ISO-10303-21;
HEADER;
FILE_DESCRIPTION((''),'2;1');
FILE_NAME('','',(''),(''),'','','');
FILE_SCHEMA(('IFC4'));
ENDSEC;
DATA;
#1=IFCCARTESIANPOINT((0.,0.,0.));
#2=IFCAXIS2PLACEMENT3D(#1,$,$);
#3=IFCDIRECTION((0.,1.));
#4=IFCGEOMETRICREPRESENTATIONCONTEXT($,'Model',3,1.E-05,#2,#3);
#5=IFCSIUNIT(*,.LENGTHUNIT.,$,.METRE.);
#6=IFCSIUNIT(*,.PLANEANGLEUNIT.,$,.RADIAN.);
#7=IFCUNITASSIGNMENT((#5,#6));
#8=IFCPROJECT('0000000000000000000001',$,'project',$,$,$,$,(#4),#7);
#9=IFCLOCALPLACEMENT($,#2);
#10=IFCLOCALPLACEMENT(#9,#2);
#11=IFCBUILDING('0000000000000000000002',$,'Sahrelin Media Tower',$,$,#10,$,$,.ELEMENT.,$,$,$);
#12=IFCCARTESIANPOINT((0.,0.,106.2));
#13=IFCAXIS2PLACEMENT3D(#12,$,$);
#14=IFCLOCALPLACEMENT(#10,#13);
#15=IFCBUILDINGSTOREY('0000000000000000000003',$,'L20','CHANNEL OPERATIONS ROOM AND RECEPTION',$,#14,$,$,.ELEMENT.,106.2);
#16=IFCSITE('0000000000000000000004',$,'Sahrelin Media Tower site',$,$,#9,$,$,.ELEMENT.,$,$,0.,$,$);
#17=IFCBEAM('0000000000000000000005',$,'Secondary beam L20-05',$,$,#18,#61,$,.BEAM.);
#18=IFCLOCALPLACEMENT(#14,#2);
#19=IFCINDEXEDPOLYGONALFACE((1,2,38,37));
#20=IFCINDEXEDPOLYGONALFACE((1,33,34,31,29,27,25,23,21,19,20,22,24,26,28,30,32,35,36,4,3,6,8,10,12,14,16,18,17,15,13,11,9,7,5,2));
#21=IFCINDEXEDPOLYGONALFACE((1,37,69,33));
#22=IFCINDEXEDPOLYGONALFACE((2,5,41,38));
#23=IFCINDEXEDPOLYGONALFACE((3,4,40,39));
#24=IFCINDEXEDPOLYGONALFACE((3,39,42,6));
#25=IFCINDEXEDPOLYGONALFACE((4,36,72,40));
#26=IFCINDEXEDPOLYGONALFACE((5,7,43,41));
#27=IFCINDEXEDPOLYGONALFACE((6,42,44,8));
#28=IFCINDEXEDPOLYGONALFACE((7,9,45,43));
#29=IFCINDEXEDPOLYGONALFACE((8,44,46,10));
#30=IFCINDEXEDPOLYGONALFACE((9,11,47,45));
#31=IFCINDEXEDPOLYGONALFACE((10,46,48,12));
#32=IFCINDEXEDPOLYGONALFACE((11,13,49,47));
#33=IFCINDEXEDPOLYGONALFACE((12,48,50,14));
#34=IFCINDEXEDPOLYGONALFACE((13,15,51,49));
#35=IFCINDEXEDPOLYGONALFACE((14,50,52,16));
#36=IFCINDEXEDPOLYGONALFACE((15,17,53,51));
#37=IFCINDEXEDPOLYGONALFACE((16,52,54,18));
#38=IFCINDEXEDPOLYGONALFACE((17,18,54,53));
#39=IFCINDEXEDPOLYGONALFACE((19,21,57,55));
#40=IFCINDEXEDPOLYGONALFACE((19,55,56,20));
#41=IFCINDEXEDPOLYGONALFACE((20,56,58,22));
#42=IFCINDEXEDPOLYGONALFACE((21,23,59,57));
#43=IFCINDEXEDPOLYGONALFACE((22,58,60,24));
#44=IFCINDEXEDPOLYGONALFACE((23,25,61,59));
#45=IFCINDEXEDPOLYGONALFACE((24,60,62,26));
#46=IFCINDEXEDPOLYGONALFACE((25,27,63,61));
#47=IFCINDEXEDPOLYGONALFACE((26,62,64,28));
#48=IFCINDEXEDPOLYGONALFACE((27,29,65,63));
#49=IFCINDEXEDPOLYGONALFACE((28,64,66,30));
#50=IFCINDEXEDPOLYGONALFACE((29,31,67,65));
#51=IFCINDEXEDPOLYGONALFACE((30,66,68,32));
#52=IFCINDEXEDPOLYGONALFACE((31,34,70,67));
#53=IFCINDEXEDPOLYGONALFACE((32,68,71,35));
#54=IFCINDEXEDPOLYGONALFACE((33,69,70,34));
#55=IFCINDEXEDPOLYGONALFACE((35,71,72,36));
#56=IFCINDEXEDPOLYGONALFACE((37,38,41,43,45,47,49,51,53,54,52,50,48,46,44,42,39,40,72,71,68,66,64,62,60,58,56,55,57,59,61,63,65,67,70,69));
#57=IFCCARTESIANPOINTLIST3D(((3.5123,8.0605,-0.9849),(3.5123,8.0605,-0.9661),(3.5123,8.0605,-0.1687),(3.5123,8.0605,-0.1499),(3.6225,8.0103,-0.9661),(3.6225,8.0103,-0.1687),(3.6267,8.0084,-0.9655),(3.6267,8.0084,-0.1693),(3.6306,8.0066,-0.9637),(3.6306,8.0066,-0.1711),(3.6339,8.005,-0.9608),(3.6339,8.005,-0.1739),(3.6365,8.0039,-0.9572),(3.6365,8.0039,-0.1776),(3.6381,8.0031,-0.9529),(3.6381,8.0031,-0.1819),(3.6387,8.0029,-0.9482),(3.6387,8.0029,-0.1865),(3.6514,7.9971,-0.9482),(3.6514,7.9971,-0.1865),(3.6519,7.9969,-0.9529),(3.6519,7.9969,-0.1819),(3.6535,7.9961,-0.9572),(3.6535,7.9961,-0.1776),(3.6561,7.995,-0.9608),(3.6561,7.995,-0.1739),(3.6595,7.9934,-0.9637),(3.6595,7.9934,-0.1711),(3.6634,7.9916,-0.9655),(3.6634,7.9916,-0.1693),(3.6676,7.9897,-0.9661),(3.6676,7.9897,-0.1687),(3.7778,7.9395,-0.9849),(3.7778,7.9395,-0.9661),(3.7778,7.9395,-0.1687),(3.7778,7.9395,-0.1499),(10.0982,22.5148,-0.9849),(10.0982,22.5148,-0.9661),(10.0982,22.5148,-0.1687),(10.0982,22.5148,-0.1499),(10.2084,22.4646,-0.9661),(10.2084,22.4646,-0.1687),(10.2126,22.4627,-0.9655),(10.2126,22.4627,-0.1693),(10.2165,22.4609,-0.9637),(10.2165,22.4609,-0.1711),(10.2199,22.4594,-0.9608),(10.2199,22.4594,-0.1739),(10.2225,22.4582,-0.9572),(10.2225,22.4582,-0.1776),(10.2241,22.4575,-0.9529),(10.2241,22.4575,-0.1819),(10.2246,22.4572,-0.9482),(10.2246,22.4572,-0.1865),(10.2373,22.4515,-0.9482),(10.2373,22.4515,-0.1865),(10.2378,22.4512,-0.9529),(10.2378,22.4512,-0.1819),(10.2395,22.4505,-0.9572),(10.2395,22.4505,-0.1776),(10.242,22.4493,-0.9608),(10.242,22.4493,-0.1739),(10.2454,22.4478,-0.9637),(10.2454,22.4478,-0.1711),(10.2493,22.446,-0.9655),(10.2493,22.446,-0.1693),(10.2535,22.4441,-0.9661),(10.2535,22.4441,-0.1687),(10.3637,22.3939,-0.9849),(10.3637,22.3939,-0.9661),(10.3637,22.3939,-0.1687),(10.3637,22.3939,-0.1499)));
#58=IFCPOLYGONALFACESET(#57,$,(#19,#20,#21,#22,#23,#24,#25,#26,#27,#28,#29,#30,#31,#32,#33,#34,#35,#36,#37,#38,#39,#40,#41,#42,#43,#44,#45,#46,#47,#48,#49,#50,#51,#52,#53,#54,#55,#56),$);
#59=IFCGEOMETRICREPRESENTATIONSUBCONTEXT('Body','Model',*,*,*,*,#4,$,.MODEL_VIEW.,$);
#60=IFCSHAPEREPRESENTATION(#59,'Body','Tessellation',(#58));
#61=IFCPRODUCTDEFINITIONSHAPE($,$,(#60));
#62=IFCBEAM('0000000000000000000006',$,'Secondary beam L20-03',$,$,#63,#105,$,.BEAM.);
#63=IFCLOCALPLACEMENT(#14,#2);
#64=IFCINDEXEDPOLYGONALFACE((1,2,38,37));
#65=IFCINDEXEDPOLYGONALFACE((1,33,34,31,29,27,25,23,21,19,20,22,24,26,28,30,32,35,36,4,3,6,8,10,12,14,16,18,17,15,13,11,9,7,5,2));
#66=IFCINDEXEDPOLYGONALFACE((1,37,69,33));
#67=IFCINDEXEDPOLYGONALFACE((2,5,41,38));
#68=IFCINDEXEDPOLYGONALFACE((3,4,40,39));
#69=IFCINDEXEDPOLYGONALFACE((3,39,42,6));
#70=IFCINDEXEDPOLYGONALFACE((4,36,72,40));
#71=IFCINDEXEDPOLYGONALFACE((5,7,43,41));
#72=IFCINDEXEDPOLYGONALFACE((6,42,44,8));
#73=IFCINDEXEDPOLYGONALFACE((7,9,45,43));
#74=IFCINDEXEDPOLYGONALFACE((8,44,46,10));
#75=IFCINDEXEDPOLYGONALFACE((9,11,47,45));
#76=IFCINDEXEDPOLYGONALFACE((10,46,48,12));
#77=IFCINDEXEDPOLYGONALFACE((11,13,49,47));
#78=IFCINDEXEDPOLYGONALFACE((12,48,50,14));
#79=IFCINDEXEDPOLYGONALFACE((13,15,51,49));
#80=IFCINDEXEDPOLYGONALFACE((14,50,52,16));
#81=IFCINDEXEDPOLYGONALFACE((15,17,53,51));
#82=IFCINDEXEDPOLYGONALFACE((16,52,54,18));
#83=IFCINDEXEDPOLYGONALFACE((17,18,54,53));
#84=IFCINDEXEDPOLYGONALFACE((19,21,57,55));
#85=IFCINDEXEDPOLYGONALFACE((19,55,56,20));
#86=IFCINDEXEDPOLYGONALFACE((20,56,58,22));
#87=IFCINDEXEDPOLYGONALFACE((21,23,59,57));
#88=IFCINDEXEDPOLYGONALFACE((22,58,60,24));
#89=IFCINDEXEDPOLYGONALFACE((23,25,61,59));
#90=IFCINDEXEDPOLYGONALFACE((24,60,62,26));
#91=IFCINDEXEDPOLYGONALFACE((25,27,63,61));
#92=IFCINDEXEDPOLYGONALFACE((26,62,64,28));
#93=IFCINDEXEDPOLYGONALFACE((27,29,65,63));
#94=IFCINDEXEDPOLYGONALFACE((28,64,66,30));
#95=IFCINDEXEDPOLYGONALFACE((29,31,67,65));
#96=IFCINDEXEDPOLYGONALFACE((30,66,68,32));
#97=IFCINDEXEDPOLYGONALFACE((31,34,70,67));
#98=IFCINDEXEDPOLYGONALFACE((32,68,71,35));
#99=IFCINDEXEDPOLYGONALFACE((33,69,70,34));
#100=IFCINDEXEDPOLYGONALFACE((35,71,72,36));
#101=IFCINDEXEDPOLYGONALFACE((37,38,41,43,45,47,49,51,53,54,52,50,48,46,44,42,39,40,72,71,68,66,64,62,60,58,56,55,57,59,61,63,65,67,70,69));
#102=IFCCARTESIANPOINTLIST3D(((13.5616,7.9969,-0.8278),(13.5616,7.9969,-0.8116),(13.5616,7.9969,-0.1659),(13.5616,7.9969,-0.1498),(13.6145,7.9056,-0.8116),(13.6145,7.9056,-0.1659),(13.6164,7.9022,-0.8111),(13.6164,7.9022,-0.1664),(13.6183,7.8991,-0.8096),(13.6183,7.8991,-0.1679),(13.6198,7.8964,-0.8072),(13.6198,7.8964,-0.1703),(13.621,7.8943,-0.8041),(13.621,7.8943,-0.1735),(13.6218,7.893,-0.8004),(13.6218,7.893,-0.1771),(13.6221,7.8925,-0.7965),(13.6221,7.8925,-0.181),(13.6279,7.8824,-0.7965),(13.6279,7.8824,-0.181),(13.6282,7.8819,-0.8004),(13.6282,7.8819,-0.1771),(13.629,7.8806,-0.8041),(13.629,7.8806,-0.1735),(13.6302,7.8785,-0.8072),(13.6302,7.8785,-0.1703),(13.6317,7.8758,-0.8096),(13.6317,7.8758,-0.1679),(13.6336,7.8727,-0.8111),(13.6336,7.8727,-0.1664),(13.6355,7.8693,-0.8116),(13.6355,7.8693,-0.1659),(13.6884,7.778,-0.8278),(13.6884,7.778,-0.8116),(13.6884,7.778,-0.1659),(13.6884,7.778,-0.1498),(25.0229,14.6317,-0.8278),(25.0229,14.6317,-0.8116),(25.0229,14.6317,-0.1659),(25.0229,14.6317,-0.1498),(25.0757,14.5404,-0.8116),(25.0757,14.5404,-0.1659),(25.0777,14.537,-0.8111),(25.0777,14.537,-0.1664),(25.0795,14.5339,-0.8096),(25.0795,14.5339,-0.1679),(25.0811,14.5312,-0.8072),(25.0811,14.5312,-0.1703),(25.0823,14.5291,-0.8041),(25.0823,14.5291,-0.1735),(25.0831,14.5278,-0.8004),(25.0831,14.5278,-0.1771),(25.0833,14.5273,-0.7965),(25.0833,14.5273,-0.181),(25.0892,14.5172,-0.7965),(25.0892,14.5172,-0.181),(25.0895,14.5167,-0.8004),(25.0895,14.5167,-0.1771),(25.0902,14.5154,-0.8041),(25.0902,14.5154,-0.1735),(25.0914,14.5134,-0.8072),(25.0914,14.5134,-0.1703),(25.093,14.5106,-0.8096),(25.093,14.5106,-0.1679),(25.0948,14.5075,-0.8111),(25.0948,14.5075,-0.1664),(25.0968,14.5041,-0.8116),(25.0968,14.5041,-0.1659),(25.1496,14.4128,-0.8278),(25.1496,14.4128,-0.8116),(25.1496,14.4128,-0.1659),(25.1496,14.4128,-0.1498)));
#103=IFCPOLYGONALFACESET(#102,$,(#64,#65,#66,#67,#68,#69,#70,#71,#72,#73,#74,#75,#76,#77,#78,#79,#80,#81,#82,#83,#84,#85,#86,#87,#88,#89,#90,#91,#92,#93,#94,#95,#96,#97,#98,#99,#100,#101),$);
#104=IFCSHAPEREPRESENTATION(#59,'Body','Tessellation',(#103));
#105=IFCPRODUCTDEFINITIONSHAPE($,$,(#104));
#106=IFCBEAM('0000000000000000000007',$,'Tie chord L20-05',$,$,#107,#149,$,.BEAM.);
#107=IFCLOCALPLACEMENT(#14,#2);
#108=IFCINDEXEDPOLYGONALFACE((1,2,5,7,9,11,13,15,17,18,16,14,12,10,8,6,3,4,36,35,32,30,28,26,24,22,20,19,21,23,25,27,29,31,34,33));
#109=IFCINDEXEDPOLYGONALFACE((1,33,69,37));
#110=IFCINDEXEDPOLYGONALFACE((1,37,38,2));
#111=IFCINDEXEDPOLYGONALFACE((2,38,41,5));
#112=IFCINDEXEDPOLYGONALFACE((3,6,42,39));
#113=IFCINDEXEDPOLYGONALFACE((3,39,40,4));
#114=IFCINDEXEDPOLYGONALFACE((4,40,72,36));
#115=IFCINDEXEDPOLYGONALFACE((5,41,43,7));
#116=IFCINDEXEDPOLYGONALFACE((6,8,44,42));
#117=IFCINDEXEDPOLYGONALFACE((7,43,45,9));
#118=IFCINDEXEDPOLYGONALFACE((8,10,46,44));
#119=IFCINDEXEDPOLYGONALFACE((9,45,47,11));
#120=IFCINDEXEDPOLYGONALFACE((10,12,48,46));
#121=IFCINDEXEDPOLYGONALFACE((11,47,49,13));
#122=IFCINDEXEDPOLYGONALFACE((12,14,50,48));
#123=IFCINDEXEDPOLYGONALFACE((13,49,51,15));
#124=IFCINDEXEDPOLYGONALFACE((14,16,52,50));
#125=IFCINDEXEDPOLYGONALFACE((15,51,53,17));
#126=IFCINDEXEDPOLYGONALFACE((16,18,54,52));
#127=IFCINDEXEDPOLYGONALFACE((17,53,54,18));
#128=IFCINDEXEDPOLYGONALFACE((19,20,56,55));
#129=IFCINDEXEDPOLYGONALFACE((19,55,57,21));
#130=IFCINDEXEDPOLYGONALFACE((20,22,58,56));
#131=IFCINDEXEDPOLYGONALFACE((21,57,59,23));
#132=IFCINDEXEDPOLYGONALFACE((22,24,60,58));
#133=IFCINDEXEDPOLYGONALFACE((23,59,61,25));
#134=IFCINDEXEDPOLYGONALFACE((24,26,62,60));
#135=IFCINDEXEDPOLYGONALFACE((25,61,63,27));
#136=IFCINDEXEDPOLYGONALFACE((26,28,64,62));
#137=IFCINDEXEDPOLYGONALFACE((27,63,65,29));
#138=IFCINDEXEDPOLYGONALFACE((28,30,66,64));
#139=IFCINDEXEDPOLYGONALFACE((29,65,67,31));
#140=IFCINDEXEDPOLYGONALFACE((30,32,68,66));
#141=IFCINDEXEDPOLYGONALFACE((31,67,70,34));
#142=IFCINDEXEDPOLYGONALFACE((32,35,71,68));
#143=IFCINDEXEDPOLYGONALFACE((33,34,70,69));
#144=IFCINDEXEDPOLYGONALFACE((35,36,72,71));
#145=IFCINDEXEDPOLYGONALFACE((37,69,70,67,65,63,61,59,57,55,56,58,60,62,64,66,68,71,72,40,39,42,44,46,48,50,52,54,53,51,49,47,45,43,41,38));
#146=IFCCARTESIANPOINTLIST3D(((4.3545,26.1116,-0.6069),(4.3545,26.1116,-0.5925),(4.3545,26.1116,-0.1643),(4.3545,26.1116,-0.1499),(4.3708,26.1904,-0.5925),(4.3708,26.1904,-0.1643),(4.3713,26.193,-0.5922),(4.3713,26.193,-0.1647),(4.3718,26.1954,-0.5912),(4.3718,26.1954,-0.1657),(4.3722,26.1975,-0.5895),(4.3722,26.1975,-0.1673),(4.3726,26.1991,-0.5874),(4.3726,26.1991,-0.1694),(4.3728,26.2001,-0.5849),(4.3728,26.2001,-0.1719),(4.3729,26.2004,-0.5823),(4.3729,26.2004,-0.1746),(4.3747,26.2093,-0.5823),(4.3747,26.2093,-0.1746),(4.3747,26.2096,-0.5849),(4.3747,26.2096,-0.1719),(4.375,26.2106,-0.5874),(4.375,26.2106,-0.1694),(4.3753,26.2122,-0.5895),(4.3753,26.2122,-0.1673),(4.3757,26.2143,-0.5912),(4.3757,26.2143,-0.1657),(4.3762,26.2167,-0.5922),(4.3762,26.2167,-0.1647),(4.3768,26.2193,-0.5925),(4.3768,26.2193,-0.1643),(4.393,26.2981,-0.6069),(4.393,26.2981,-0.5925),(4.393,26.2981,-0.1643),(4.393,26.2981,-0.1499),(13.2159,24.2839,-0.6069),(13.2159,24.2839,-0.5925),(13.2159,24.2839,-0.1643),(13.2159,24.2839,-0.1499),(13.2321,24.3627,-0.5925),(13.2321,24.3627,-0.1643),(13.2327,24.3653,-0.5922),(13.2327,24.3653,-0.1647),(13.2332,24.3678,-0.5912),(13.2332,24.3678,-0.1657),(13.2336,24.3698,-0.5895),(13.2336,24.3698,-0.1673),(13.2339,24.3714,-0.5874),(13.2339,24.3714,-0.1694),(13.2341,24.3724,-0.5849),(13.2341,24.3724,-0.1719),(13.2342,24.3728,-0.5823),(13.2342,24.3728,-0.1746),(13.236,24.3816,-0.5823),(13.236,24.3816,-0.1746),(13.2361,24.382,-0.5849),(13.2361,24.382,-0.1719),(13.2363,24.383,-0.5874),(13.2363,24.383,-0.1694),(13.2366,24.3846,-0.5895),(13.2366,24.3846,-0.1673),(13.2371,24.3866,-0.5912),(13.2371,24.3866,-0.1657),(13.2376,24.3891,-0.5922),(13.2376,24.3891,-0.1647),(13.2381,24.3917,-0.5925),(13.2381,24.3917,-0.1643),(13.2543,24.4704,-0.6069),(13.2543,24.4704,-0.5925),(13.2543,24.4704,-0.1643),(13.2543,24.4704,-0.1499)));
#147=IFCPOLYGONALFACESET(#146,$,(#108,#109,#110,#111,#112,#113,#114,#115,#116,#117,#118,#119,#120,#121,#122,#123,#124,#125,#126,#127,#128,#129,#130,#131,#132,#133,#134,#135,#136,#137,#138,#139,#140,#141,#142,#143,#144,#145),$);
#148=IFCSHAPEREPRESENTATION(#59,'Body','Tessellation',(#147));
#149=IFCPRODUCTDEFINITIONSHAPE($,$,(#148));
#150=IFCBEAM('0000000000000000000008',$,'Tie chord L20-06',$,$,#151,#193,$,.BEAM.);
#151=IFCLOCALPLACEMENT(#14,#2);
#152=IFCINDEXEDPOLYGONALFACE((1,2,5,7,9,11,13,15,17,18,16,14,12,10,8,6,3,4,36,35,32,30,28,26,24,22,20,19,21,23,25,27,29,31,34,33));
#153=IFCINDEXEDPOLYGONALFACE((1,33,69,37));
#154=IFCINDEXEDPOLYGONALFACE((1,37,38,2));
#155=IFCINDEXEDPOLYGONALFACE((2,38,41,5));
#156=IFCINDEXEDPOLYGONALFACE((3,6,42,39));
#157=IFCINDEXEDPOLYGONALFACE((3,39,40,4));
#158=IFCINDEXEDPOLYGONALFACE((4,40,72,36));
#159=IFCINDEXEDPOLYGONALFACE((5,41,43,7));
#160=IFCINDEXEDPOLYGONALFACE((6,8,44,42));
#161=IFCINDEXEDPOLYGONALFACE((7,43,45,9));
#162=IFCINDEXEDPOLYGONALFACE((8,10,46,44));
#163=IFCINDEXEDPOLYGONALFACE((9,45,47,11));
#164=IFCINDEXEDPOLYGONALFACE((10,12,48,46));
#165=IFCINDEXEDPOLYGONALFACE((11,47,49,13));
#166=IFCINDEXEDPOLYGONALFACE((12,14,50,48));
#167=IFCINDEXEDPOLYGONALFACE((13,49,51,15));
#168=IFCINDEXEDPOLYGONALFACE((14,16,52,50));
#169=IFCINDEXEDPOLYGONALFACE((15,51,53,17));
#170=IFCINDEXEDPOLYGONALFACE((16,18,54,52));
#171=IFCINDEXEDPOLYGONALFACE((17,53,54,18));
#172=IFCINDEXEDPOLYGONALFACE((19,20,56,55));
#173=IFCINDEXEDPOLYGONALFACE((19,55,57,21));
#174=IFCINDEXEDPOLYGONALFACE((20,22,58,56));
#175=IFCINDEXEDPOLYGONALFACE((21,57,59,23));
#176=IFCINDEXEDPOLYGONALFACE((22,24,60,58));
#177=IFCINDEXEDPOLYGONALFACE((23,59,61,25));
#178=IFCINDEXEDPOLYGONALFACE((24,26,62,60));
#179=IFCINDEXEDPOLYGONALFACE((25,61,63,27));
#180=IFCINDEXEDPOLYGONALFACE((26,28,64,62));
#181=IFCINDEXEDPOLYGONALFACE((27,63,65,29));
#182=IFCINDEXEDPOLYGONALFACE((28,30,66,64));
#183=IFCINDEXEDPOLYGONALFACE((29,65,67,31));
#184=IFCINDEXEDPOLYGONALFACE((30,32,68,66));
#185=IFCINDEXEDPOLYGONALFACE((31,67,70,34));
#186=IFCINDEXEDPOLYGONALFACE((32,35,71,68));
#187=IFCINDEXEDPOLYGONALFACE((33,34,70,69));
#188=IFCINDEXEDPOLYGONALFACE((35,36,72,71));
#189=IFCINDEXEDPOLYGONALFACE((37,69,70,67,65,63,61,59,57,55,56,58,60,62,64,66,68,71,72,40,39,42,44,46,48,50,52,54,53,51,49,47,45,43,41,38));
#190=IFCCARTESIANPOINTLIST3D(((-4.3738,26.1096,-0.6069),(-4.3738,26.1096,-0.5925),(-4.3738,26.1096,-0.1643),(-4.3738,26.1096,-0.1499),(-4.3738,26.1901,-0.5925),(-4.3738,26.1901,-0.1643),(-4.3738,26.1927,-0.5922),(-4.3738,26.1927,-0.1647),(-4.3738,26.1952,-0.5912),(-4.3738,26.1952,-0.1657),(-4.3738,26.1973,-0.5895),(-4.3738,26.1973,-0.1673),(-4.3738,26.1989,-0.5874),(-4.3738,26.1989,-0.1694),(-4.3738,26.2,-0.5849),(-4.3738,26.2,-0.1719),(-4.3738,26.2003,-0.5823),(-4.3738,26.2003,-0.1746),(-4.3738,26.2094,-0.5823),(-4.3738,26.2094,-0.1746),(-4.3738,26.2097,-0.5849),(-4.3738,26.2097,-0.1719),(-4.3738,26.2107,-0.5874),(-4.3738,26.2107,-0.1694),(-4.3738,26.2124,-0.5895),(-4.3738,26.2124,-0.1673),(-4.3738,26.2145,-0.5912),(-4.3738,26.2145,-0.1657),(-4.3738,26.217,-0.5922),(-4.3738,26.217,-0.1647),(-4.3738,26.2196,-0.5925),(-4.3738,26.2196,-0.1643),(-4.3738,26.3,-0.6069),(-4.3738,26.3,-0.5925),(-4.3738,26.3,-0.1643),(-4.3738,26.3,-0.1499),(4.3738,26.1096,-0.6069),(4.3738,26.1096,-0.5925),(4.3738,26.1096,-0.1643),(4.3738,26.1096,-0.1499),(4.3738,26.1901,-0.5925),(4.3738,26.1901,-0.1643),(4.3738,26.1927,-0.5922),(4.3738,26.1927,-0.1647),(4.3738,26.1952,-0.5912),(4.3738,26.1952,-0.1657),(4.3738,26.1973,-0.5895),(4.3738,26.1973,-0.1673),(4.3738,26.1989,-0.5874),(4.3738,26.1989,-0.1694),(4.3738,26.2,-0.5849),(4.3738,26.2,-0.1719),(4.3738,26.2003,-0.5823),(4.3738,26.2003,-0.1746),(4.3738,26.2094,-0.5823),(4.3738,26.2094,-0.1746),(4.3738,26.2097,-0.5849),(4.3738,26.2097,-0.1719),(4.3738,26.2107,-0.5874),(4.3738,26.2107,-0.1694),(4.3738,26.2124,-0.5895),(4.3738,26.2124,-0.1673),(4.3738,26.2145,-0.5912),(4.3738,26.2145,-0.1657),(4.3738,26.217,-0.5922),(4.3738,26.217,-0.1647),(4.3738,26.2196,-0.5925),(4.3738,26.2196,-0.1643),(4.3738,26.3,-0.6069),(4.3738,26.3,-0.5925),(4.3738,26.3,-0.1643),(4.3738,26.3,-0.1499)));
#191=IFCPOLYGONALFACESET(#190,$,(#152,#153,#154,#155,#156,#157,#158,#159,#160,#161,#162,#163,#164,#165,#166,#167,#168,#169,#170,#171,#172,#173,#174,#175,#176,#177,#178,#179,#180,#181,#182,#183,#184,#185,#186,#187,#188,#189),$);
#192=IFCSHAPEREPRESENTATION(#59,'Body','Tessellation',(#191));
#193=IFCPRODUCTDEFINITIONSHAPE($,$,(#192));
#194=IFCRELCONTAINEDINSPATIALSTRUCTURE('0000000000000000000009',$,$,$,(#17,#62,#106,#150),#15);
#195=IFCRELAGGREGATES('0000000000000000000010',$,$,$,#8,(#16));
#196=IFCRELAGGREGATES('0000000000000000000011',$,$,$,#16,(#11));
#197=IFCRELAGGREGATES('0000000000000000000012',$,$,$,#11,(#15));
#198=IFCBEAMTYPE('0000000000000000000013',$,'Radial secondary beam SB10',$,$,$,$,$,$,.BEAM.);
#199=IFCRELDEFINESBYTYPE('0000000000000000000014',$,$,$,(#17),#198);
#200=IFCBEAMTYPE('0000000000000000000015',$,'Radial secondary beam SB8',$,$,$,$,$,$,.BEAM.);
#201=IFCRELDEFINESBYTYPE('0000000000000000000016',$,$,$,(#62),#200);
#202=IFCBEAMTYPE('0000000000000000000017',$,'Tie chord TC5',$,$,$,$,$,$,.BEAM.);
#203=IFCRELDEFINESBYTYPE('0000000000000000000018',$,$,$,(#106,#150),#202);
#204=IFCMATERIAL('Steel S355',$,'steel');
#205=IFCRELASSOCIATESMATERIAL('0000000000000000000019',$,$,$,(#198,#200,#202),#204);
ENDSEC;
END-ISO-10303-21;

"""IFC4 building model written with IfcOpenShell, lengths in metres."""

from ifc_helpers import new_model, si_unit, direction, frame, origin, origin_2d, place, context, subcontext, project, spatial, i_section, extrude, material, material_profile, profile_set, type_object, element, save


model = new_model("IFC4")

# Units and contexts
model_context = context("Model", 3, precision=1e-05, world=origin(), true_north=direction((0.0, 1.0)))
body_context = subcontext(model_context, "Body", "Model", "MODEL_VIEW")
ifc_project = project(units=[si_unit("LENGTHUNIT", "METRE"), si_unit("PLANEANGLEUNIT", "RADIAN")], contexts=[model_context])

# Site, building, storey
site_placement = place(None, origin())
site = spatial("IfcSite", under=ifc_project, at=site_placement, Name="Sahrelin Media Tower site", CompositionType="ELEMENT", RefElevation=0.0)
building_placement = place(site_placement, origin())
building = spatial("IfcBuilding", under=site, at=building_placement, Name="Sahrelin Media Tower", CompositionType="ELEMENT")
storey_placement = place(building_placement, frame((0.0, 0.0, 106.2)))
storey = spatial("IfcBuildingStorey", under=building, at=storey_placement, Name="L20", Description="CHANNEL OPERATIONS ROOM AND RECEPTION", CompositionType="ELEMENT", Elevation=106.2)

# Shared definitions
ifc_material_1 = material(Name="Steel S355", Category="steel")

# Beams
ifc_material_profile_1 = material_profile(ifc_material_1, i_section(OverallWidth=0.2917, OverallDepth=0.835, WebThickness=0.0139, FlangeThickness=0.0188, FilletRadius=0.0178, at=origin_2d()), Name="UB 838x292x176")
ifc_profile_set_1 = profile_set([ifc_material_profile_1], Name="Steel S355")
beam_type_1 = type_object("IfcBeamType", Name="Radial secondary beam SB10", PredefinedType="BEAM", material=ifc_profile_set_1)
beam_1_placement = place(storey_placement, frame((3.645, 8.0, -0.5674), z_axis=(0.414626, 0.909992, 0.0), x_axis=(-0.909992, 0.414626, 0.0)))
element("IfcBeam", 1, at=beam_1_placement, inside=storey, type_object=beam_type_1, Name="Secondary beam L20-05", PredefinedType="BEAM", context=body_context, shape_type="SweptSolid", body=[
    extrude(i_section(OverallWidth=0.2917, OverallDepth=0.835, WebThickness=0.0139, FlangeThickness=0.0188, FilletRadius=0.0178, at=origin_2d()), origin(), (0.0, 0.0, 1.0), 15.884),
])
ifc_material_profile_2 = material_profile(ifc_material_1, i_section(OverallWidth=0.2529, OverallDepth=0.678, WebThickness=0.0117, FlangeThickness=0.0161, FilletRadius=0.0151, at=origin_2d()), Name="UB 686x254x125")
ifc_profile_set_2 = profile_set([ifc_material_profile_2], Name="Steel S355")
beam_type_2 = type_object("IfcBeamType", Name="Radial secondary beam SB8", PredefinedType="BEAM", material=ifc_profile_set_2)
beam_2_placement = place(storey_placement, frame((13.625, 7.8875, -0.4888), z_axis=(0.865448, 0.500999, 0.0), x_axis=(-0.500999, 0.865448, 0.0)))
element("IfcBeam", 2, at=beam_2_placement, inside=storey, type_object=beam_type_2, Name="Secondary beam L20-03", PredefinedType="BEAM", context=body_context, shape_type="SweptSolid", body=[
    extrude(i_section(OverallWidth=0.2529, OverallDepth=0.678, WebThickness=0.0117, FlangeThickness=0.0161, FilletRadius=0.0151, at=origin_2d()), origin(), (0.0, 0.0, 1.0), 13.2432),
])
ifc_material_profile_3 = material_profile(ifc_material_1, i_section(OverallWidth=0.1904, OverallDepth=0.457, WebThickness=0.009, FlangeThickness=0.0144, FilletRadius=0.0103, at=origin_2d()), Name="UB 457x191x74")
ifc_profile_set_3 = profile_set([ifc_material_profile_3], Name="Steel S355")
beam_type_3 = type_object("IfcBeamType", Name="Tie chord TC5", PredefinedType="BEAM", material=ifc_profile_set_3)
beam_3_placement = place(storey_placement, frame((13.2351, 24.3772, -0.3784), z_axis=(-0.979386, 0.201997, 0.0), x_axis=(-0.201997, -0.979386, 0.0)))
element("IfcBeam", 3, at=beam_3_placement, inside=storey, type_object=beam_type_3, Name="Tie chord L20-05", PredefinedType="BEAM", context=body_context, shape_type="SweptSolid", body=[
    extrude(i_section(OverallWidth=0.1904, OverallDepth=0.457, WebThickness=0.009, FlangeThickness=0.0144, FilletRadius=0.0103, at=origin_2d()), origin(), (0.0, 0.0, 1.0), 9.0479),
])
beam_4_placement = place(storey_placement, frame((4.3738, 26.2048, -0.3784), z_axis=(-1.0, 0.0, 0.0), x_axis=(0.0, -1.0, 0.0)))
element("IfcBeam", 4, at=beam_4_placement, inside=storey, type_object=beam_type_3, Name="Tie chord L20-06", PredefinedType="BEAM", context=body_context, shape_type="SweptSolid", body=[
    extrude(i_section(OverallWidth=0.1904, OverallDepth=0.457, WebThickness=0.009, FlangeThickness=0.0144, FilletRadius=0.0103, at=origin_2d()), origin(), (0.0, 0.0, 1.0), 8.7476),
])

save(model, "model.ifc")
